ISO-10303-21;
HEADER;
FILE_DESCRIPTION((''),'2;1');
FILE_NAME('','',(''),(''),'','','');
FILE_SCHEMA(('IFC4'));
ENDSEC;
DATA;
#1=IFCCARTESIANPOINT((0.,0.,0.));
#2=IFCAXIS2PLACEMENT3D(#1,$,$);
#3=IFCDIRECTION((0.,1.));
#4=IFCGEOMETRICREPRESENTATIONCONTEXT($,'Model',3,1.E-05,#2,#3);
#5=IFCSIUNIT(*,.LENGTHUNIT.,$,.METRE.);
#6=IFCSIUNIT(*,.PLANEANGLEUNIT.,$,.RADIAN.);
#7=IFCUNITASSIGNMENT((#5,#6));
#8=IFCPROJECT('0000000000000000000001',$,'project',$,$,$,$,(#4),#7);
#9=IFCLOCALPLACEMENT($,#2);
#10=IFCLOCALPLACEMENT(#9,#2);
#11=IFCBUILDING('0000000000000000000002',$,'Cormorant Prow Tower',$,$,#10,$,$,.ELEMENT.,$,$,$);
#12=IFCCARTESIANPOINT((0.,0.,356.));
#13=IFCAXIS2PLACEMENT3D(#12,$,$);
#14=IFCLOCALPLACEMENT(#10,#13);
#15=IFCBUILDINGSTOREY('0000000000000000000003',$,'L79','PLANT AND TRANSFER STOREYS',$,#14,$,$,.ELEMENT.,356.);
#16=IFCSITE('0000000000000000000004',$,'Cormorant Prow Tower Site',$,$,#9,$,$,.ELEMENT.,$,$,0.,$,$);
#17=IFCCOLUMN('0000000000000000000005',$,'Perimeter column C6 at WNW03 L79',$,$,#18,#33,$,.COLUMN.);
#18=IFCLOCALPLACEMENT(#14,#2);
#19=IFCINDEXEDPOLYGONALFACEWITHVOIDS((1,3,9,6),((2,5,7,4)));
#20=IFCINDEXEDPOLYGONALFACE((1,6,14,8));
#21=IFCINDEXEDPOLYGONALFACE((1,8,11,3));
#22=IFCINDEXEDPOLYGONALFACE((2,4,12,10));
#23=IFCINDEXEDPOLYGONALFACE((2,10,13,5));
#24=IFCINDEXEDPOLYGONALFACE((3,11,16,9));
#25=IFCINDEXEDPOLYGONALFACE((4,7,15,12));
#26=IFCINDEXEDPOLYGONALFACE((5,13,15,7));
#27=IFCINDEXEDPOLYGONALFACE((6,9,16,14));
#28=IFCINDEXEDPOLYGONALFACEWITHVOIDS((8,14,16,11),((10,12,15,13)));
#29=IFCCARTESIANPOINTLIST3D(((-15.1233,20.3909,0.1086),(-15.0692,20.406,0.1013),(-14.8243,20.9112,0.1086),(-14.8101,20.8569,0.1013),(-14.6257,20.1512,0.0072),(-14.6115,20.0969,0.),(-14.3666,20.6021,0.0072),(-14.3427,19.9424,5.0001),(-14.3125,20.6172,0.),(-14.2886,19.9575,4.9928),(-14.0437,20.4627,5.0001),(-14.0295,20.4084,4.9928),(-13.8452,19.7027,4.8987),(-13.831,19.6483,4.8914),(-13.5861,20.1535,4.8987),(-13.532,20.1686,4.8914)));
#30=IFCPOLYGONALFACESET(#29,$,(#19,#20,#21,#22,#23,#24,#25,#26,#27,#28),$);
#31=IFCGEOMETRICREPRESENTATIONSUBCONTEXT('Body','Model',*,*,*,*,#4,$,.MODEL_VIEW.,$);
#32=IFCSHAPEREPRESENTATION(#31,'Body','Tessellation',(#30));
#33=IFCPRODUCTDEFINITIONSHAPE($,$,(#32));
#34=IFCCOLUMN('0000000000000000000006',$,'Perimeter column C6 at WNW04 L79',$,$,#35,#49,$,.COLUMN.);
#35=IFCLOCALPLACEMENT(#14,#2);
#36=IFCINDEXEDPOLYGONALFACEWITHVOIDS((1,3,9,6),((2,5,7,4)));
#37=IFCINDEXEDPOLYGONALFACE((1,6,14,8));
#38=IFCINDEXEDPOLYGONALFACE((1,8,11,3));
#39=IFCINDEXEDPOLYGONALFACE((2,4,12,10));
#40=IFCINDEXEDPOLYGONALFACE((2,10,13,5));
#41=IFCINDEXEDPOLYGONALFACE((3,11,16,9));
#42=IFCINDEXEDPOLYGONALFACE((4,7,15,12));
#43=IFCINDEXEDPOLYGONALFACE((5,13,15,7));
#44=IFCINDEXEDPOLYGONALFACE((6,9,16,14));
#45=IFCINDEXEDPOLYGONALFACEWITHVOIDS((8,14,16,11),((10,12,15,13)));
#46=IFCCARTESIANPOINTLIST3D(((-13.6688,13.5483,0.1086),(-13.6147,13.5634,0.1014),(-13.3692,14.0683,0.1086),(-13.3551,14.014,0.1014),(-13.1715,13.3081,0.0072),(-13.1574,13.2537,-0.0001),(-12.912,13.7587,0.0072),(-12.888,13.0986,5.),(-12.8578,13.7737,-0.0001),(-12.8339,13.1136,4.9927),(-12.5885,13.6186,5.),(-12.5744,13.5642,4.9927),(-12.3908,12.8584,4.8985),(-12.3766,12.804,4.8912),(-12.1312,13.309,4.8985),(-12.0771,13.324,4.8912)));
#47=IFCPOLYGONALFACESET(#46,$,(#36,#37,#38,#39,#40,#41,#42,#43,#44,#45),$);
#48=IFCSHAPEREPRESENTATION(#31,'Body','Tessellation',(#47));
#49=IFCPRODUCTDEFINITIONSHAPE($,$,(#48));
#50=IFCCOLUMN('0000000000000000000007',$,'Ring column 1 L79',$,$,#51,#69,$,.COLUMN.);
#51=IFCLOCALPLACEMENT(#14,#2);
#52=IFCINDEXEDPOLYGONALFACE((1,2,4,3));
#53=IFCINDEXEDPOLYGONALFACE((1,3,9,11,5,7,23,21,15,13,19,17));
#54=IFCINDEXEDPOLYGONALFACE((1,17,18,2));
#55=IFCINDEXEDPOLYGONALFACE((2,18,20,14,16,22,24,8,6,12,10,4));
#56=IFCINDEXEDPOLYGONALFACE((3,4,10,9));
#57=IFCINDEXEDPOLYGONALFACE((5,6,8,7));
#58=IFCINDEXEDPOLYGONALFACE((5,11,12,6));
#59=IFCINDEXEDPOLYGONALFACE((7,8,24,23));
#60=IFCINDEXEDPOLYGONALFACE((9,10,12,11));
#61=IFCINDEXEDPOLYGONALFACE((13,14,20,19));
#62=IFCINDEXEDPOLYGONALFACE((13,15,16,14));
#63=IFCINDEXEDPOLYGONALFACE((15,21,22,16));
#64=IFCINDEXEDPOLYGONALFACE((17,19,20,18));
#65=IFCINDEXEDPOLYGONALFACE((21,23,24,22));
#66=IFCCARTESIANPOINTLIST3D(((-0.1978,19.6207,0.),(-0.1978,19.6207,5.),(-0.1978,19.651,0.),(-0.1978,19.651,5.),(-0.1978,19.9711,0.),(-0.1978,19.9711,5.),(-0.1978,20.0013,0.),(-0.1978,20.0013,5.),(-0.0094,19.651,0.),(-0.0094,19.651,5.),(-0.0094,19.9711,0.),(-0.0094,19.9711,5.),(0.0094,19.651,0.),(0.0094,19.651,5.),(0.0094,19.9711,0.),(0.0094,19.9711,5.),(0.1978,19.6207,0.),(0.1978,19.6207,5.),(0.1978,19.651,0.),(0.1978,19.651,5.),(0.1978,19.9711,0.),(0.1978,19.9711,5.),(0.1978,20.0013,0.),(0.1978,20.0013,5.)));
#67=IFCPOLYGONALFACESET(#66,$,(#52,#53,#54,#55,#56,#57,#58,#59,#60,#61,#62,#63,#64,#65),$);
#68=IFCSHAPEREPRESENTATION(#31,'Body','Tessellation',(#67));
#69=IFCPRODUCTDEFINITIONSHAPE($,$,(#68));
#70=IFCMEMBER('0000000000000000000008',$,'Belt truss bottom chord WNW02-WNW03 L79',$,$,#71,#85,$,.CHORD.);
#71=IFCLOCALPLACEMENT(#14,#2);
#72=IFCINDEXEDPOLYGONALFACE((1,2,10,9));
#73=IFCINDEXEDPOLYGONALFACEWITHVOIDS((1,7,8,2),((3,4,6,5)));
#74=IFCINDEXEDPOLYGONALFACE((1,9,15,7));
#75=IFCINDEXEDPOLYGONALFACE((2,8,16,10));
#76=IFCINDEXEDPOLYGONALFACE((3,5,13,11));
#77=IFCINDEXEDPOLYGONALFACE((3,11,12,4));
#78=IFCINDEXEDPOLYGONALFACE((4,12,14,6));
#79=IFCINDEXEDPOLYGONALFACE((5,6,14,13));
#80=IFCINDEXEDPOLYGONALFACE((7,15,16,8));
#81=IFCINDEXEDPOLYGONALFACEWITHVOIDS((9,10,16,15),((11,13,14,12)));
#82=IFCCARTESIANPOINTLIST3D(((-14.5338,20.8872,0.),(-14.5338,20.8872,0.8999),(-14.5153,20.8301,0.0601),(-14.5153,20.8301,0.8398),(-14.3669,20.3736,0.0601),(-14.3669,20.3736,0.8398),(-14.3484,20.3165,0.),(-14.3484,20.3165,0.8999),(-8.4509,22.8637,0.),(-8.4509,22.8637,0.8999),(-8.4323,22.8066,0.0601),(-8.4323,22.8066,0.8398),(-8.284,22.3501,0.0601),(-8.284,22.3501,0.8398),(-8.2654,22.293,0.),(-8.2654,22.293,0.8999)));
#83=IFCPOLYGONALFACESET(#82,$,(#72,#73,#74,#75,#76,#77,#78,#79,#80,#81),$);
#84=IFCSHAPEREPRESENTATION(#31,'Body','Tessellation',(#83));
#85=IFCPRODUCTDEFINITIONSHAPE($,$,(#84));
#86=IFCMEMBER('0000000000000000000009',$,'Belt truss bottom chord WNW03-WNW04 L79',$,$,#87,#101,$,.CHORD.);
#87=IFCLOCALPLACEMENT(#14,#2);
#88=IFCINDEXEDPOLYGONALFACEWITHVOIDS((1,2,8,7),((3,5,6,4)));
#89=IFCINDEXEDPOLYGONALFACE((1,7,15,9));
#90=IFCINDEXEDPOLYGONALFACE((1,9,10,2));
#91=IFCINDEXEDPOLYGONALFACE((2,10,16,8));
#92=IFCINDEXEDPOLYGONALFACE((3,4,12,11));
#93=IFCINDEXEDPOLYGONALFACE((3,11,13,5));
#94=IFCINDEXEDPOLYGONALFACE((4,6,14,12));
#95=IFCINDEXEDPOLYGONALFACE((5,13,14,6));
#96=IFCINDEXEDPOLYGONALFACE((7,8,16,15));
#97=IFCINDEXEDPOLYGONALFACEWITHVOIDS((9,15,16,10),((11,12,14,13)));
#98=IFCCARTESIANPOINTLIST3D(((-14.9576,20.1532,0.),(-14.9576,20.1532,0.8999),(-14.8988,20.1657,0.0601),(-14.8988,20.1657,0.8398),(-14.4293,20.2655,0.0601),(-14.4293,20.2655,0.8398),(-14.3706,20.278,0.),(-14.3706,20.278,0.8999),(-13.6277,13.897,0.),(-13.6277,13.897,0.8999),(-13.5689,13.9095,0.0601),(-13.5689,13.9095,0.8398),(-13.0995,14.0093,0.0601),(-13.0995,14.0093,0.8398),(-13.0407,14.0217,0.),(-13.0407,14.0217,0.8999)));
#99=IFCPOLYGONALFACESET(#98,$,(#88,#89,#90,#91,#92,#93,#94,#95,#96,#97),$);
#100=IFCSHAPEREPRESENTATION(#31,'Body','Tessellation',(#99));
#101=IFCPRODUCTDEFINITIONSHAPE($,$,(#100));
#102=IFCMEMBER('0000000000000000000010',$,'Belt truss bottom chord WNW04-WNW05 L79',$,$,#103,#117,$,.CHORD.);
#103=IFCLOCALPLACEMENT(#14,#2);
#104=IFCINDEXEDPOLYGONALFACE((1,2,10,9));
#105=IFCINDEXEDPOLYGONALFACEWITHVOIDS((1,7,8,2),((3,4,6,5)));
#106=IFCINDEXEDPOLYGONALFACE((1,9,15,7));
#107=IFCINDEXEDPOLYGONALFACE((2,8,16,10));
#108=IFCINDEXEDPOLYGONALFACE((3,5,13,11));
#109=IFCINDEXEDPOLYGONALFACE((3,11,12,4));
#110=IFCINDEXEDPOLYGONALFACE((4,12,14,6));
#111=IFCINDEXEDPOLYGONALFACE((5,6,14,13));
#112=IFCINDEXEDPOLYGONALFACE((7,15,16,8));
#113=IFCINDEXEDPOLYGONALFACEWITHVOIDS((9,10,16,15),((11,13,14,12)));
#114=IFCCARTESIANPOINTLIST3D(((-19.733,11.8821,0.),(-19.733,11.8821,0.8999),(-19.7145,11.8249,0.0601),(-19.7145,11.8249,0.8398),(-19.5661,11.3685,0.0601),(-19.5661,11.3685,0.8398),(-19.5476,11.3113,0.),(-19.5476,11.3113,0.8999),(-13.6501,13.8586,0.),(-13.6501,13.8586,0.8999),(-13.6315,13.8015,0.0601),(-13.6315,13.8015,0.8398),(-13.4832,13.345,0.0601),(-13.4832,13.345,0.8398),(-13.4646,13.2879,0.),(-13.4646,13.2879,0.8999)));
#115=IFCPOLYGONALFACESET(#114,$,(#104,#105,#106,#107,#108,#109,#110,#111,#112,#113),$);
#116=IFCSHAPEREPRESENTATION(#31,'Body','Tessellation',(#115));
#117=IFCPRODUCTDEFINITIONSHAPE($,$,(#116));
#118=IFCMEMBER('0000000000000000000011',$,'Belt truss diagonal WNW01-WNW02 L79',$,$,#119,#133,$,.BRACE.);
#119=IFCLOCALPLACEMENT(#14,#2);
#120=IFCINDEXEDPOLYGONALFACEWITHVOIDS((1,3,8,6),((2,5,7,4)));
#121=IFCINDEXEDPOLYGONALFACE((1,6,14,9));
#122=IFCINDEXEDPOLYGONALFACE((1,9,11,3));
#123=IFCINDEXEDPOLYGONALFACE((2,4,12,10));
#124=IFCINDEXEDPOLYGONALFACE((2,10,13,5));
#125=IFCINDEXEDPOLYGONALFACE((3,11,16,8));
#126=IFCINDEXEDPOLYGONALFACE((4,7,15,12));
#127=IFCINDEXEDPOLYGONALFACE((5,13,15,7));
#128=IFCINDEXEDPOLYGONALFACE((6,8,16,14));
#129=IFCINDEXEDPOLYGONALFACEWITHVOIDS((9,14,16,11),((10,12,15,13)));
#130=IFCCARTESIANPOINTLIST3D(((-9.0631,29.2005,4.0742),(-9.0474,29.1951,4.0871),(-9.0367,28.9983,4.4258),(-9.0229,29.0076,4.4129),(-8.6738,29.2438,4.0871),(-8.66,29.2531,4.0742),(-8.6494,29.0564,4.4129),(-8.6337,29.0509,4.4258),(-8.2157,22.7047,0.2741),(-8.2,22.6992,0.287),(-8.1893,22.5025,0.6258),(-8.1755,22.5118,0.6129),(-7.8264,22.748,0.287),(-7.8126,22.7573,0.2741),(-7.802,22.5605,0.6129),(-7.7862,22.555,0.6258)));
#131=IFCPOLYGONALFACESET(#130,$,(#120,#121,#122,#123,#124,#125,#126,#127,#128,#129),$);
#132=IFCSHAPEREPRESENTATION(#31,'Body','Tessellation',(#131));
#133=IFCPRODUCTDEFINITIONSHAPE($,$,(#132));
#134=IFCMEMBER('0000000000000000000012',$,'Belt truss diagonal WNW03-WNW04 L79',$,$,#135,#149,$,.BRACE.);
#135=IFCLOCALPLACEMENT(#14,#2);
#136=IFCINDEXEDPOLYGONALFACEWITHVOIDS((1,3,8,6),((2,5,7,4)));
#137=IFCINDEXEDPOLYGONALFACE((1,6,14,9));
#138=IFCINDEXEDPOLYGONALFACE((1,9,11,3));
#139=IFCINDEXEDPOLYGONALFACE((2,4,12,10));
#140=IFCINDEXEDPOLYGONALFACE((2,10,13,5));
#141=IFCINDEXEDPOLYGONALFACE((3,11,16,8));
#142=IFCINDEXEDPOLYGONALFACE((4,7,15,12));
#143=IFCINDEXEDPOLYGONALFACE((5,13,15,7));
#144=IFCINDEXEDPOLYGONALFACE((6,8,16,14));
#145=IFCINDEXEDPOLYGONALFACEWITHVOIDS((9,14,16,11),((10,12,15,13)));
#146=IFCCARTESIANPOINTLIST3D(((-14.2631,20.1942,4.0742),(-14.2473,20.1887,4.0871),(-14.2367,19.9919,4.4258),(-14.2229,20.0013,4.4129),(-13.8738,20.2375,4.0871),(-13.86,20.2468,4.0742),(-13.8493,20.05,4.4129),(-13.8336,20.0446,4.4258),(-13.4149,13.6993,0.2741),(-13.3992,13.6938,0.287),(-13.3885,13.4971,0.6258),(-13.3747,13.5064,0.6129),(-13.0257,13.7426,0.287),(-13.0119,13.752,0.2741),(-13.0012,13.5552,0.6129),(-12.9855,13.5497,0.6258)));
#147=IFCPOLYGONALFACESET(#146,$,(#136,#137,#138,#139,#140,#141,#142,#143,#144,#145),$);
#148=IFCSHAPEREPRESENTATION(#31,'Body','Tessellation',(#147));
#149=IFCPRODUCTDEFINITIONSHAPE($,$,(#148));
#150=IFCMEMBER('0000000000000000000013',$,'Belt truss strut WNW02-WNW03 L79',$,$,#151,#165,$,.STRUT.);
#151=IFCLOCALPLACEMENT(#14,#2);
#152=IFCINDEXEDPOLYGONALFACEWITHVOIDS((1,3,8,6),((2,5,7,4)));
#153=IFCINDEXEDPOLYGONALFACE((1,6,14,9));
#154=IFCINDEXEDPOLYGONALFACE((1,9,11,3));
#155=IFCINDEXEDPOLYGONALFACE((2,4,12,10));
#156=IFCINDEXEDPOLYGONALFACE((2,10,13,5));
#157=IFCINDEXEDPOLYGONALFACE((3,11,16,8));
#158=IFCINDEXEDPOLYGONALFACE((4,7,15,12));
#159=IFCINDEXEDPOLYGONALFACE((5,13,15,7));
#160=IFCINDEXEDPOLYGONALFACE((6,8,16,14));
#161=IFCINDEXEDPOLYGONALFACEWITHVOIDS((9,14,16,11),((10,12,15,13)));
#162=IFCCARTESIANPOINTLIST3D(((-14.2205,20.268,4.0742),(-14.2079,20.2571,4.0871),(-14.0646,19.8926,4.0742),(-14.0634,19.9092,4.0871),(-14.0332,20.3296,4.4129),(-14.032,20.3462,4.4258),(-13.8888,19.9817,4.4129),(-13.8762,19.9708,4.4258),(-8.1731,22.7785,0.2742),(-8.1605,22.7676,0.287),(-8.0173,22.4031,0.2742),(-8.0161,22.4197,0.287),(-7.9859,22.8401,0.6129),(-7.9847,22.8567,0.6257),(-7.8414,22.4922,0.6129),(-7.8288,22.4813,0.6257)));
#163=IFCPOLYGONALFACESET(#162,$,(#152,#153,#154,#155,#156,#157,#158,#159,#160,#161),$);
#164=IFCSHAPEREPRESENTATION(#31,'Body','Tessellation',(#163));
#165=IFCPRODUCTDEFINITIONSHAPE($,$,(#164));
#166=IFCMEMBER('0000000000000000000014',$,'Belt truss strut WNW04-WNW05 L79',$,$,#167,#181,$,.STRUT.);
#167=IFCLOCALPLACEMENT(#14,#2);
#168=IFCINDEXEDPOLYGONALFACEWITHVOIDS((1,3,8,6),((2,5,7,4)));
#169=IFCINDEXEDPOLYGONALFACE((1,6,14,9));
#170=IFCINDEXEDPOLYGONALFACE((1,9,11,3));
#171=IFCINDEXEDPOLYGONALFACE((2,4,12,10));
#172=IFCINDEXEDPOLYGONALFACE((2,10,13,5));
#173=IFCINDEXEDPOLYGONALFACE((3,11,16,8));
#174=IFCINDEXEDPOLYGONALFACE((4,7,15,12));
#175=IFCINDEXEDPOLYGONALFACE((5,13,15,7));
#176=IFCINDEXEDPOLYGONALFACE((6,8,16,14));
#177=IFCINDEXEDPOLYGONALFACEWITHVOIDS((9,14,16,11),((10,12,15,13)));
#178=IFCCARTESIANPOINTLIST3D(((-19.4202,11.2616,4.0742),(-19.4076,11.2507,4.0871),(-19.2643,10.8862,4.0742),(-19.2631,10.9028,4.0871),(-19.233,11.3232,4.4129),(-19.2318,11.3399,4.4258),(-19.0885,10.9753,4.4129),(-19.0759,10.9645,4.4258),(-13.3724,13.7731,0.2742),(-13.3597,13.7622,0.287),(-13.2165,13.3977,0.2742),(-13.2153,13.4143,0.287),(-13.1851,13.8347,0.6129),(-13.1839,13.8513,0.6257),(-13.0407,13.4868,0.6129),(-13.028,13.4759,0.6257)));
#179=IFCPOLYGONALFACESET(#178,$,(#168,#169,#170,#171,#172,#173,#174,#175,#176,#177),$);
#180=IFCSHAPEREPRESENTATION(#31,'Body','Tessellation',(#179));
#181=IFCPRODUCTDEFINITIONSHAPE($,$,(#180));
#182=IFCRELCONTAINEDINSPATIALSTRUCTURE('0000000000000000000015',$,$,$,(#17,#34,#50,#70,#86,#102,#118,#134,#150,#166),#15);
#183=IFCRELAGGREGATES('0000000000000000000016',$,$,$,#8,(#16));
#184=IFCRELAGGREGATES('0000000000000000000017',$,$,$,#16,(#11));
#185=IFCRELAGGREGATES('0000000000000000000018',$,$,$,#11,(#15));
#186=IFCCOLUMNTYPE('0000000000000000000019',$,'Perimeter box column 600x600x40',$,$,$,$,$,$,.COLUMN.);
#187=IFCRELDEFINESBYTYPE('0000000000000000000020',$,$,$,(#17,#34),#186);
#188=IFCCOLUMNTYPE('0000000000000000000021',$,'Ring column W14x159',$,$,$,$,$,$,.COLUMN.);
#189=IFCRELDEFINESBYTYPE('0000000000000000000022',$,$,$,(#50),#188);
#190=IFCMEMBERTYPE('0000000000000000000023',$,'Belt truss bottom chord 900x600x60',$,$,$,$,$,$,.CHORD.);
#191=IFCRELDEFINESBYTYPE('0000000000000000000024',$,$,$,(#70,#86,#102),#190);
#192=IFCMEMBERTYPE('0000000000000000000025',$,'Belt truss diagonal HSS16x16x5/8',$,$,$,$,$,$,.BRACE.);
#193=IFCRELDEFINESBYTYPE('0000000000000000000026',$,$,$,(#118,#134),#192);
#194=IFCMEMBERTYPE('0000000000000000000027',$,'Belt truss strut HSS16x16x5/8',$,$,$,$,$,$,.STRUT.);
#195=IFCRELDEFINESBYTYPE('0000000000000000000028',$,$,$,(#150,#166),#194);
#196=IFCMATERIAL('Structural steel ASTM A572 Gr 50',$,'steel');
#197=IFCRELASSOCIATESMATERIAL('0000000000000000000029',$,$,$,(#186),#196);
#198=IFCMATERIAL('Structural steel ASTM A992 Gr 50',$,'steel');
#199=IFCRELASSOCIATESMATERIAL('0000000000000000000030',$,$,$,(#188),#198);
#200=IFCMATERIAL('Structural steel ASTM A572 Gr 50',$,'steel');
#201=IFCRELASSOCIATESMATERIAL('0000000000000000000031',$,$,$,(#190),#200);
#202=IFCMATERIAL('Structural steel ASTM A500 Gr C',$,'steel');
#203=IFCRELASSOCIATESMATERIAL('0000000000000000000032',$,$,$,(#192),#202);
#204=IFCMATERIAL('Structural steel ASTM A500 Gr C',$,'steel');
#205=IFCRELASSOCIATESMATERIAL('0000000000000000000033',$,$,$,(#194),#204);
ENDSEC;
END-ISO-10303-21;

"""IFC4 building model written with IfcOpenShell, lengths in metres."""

from ifc_helpers import new_model, si_unit, direction, frame, origin, origin_2d, place, context, subcontext, project, spatial, hollow_rectangle, i_section, extrude, material, material_profile, profile_set, type_object, element, save


model = new_model("IFC4")

# Units and contexts
model_context = context("Model", 3, precision=1e-05, world=origin(), true_north=direction((0.0, 1.0)))
body_context = subcontext(model_context, "Body", "Model", "MODEL_VIEW")
ifc_project = project(units=[si_unit("LENGTHUNIT", "METRE"), si_unit("PLANEANGLEUNIT", "RADIAN")], contexts=[model_context])

# Site, building, storey
site_placement = place(None, origin())
site = spatial("IfcSite", under=ifc_project, at=site_placement, Name="Cormorant Prow Tower Site", CompositionType="ELEMENT", RefElevation=0.0)
building_placement = place(site_placement, origin())
building = spatial("IfcBuilding", under=site, at=building_placement, Name="Cormorant Prow Tower", CompositionType="ELEMENT")
storey_placement = place(building_placement, frame((0.0, 0.0, 356.0)))
storey = spatial("IfcBuildingStorey", under=building, at=storey_placement, Name="L79", Description="PLANT AND TRANSFER STOREYS", CompositionType="ELEMENT", Elevation=356.0)

# Columns
ifc_material_1 = material(Name="Structural steel ASTM A572 Gr 50", Category="steel")
ifc_material_profile_1 = material_profile(ifc_material_1, hollow_rectangle(XDim=0.6001, YDim=0.6001, WallThickness=0.04, at=origin_2d()), Name="Box 600x600x40")
ifc_profile_set_1 = profile_set([ifc_material_profile_1], Name="Structural steel ASTM A572 Gr 50")
column_type_1 = type_object("IfcColumnType", Name="Perimeter box column 600x600x40", PredefinedType="COLUMN", material=ifc_profile_set_1)
for number, where, z_axis, x_axis, name in (
    (1, (-14.7266, 20.509, 0.0), (0.156935, -0.090185, 0.983483), (0.498252, 0.867032, 0.0), "Perimeter column C6 at WNW03 L79"),
    (2, (-13.272, 13.666, 0.0), (0.156978, -0.090422, 0.983454), (0.499133, 0.866525, 0.0), "Perimeter column C6 at WNW04 L79"),
):
    element("IfcColumn", number, at=place(storey_placement, frame(where, z_axis=z_axis, x_axis=x_axis)), inside=storey, type_object=column_type_1, Name=name, PredefinedType="COLUMN", context=body_context, shape_type="SweptSolid", body=[
        extrude(hollow_rectangle(XDim=0.6001, YDim=0.6001, WallThickness=0.04, at=origin_2d()), frame((0.0, 0.0, 0.0552)), (0.0, 0.0, 1.0), 4.9736),
    ])
ifc_material_2 = material(Name="Structural steel ASTM A992 Gr 50", Category="steel")
ifc_material_profile_2 = material_profile(ifc_material_2, i_section(OverallWidth=0.3955, OverallDepth=0.3806, WebThickness=0.0188, FlangeThickness=0.0303, at=origin_2d()), Name="W14x159")
ifc_profile_set_2 = profile_set([ifc_material_profile_2], Name="Structural steel ASTM A992 Gr 50")
column_type_2 = type_object("IfcColumnType", Name="Ring column W14x159", PredefinedType="COLUMN", material=ifc_profile_set_2)
column_placement = place(storey_placement, frame((0.0, 19.811, 0.0), z_axis=(0.0, 0.0, 1.0), x_axis=(1.0, 0.0, 0.0)))
element("IfcColumn", 3, at=column_placement, inside=storey, type_object=column_type_2, Name="Ring column 1 L79", PredefinedType="COLUMN", context=body_context, shape_type="SweptSolid", body=[
    extrude(i_section(OverallWidth=0.3955, OverallDepth=0.3806, WebThickness=0.0188, FlangeThickness=0.0303, at=origin_2d()), origin(), (0.0, 0.0, 1.0), 5.0),
])

# Members
ifc_material_3 = material(Name="Structural steel ASTM A572 Gr 50", Category="steel")
ifc_material_profile_3 = material_profile(ifc_material_3, hollow_rectangle(XDim=0.6001, YDim=0.8999, WallThickness=0.0601, at=origin_2d()), Name="Box 900x600x60")
ifc_profile_set_3 = profile_set([ifc_material_profile_3], Name="Structural steel ASTM A572 Gr 50")
member_type_1 = type_object("IfcMemberType", Name="Belt truss bottom chord 900x600x60", PredefinedType="CHORD", material=ifc_profile_set_3)
for number, where, z_axis, x_axis, name in (
    (4, (-8.3582, 22.5784, 0.45), (-0.951053, -0.309027, 0.0), (0.309027, -0.951053, 0.0), "Belt truss bottom chord WNW02-WNW03 L79"),
    (5, (-14.6641, 20.2156, 0.45), (0.20792, -0.978146, 0.0), (0.978146, 0.20792, 0.0), "Belt truss bottom chord WNW03-WNW04 L79"),
    (6, (-13.5574, 13.5732, 0.45), (-0.951053, -0.309027, 0.0), (0.309027, -0.951053, 0.0), "Belt truss bottom chord WNW04-WNW05 L79"),
):
    element("IfcMember", number, at=place(storey_placement, frame(where, z_axis=z_axis, x_axis=x_axis)), inside=storey, type_object=member_type_1, Name=name, PredefinedType="CHORD", context=body_context, shape_type="SweptSolid", body=[
        extrude(hollow_rectangle(XDim=0.6001, YDim=0.8999, WallThickness=0.0601, at=origin_2d()), origin(), (0.0, 0.0, 1.0), 6.396),
    ])
ifc_material_4 = material(Name="Structural steel ASTM A500 Gr C", Category="steel")
ifc_material_profile_4 = material_profile(ifc_material_4, hollow_rectangle(XDim=0.4065, YDim=0.4065, WallThickness=0.0149, at=origin_2d()), Name="HSS16x16x5/8")
ifc_profile_set_4 = profile_set([ifc_material_profile_4], Name="Structural steel ASTM A500 Gr C")
member_type_2 = type_object("IfcMemberType", Name="Belt truss diagonal HSS16x16x5/8", PredefinedType="BRACE", material=ifc_profile_set_4)
member_1_placement = place(storey_placement, frame((-8.001, 22.6299, 0.45), z_axis=(-0.111895, 0.857733, 0.501771), x_axis=(-0.991598, -0.129358, 0.0)))
element("IfcMember", 7, at=member_1_placement, inside=storey, type_object=member_type_2, Name="Belt truss diagonal WNW01-WNW02 L79", PredefinedType="BRACE", context=body_context, shape_type="SweptSolid", body=[
    extrude(hollow_rectangle(XDim=0.4065, YDim=0.4065, WallThickness=0.0149, at=origin_2d()), origin(), (0.0, 0.0, 1.0), 7.5732),
])
member_2_placement = place(storey_placement, frame((-13.2002, 13.6245, 0.45), z_axis=(-0.112003, 0.85769, 0.501821), x_axis=(-0.991581, -0.129487, 0.0)))
element("IfcMember", 8, at=member_2_placement, inside=storey, type_object=member_type_2, Name="Belt truss diagonal WNW03-WNW04 L79", PredefinedType="BRACE", context=body_context, shape_type="SweptSolid", body=[
    extrude(hollow_rectangle(XDim=0.4065, YDim=0.4065, WallThickness=0.0149, at=origin_2d()), origin(), (0.0, 0.0, 1.0), 7.5725),
])
ifc_material_5 = material(Name="Structural steel ASTM A500 Gr C", Category="steel")
ifc_material_profile_5 = material_profile(ifc_material_5, hollow_rectangle(XDim=0.4065, YDim=0.4065, WallThickness=0.0149, at=origin_2d()), Name="HSS16x16x5/8")
ifc_profile_set_5 = profile_set([ifc_material_profile_5], Name="Structural steel ASTM A500 Gr C")
member_type_3 = type_object("IfcMemberType", Name="Belt truss strut HSS16x16x5/8", PredefinedType="STRUT", material=ifc_profile_set_5)
member_3_placement = place(storey_placement, frame((-8.001, 22.6299, 0.45), z_axis=(-0.798799, -0.331613, 0.50195), x_axis=(0.383413, -0.923577, 0.0)))
element("IfcMember", 9, at=member_3_placement, inside=storey, type_object=member_type_3, Name="Belt truss strut WNW02-WNW03 L79", PredefinedType="STRUT", context=body_context, shape_type="SweptSolid", body=[
    extrude(hollow_rectangle(XDim=0.4065, YDim=0.4065, WallThickness=0.0149, at=origin_2d()), origin(), (0.0, 0.0, 1.0), 7.5706),
])
member_4_placement = place(storey_placement, frame((-13.2002, 13.6245, 0.45), z_axis=(-0.798788, -0.33171, 0.501903), x_axis=(0.383514, -0.923535, 0.0)))
element("IfcMember", 10, at=member_4_placement, inside=storey, type_object=member_type_3, Name="Belt truss strut WNW04-WNW05 L79", PredefinedType="STRUT", context=body_context, shape_type="SweptSolid", body=[
    extrude(hollow_rectangle(XDim=0.4065, YDim=0.4065, WallThickness=0.0149, at=origin_2d()), origin(), (0.0, 0.0, 1.0), 7.5713),
])

save(model, "model.ifc")
